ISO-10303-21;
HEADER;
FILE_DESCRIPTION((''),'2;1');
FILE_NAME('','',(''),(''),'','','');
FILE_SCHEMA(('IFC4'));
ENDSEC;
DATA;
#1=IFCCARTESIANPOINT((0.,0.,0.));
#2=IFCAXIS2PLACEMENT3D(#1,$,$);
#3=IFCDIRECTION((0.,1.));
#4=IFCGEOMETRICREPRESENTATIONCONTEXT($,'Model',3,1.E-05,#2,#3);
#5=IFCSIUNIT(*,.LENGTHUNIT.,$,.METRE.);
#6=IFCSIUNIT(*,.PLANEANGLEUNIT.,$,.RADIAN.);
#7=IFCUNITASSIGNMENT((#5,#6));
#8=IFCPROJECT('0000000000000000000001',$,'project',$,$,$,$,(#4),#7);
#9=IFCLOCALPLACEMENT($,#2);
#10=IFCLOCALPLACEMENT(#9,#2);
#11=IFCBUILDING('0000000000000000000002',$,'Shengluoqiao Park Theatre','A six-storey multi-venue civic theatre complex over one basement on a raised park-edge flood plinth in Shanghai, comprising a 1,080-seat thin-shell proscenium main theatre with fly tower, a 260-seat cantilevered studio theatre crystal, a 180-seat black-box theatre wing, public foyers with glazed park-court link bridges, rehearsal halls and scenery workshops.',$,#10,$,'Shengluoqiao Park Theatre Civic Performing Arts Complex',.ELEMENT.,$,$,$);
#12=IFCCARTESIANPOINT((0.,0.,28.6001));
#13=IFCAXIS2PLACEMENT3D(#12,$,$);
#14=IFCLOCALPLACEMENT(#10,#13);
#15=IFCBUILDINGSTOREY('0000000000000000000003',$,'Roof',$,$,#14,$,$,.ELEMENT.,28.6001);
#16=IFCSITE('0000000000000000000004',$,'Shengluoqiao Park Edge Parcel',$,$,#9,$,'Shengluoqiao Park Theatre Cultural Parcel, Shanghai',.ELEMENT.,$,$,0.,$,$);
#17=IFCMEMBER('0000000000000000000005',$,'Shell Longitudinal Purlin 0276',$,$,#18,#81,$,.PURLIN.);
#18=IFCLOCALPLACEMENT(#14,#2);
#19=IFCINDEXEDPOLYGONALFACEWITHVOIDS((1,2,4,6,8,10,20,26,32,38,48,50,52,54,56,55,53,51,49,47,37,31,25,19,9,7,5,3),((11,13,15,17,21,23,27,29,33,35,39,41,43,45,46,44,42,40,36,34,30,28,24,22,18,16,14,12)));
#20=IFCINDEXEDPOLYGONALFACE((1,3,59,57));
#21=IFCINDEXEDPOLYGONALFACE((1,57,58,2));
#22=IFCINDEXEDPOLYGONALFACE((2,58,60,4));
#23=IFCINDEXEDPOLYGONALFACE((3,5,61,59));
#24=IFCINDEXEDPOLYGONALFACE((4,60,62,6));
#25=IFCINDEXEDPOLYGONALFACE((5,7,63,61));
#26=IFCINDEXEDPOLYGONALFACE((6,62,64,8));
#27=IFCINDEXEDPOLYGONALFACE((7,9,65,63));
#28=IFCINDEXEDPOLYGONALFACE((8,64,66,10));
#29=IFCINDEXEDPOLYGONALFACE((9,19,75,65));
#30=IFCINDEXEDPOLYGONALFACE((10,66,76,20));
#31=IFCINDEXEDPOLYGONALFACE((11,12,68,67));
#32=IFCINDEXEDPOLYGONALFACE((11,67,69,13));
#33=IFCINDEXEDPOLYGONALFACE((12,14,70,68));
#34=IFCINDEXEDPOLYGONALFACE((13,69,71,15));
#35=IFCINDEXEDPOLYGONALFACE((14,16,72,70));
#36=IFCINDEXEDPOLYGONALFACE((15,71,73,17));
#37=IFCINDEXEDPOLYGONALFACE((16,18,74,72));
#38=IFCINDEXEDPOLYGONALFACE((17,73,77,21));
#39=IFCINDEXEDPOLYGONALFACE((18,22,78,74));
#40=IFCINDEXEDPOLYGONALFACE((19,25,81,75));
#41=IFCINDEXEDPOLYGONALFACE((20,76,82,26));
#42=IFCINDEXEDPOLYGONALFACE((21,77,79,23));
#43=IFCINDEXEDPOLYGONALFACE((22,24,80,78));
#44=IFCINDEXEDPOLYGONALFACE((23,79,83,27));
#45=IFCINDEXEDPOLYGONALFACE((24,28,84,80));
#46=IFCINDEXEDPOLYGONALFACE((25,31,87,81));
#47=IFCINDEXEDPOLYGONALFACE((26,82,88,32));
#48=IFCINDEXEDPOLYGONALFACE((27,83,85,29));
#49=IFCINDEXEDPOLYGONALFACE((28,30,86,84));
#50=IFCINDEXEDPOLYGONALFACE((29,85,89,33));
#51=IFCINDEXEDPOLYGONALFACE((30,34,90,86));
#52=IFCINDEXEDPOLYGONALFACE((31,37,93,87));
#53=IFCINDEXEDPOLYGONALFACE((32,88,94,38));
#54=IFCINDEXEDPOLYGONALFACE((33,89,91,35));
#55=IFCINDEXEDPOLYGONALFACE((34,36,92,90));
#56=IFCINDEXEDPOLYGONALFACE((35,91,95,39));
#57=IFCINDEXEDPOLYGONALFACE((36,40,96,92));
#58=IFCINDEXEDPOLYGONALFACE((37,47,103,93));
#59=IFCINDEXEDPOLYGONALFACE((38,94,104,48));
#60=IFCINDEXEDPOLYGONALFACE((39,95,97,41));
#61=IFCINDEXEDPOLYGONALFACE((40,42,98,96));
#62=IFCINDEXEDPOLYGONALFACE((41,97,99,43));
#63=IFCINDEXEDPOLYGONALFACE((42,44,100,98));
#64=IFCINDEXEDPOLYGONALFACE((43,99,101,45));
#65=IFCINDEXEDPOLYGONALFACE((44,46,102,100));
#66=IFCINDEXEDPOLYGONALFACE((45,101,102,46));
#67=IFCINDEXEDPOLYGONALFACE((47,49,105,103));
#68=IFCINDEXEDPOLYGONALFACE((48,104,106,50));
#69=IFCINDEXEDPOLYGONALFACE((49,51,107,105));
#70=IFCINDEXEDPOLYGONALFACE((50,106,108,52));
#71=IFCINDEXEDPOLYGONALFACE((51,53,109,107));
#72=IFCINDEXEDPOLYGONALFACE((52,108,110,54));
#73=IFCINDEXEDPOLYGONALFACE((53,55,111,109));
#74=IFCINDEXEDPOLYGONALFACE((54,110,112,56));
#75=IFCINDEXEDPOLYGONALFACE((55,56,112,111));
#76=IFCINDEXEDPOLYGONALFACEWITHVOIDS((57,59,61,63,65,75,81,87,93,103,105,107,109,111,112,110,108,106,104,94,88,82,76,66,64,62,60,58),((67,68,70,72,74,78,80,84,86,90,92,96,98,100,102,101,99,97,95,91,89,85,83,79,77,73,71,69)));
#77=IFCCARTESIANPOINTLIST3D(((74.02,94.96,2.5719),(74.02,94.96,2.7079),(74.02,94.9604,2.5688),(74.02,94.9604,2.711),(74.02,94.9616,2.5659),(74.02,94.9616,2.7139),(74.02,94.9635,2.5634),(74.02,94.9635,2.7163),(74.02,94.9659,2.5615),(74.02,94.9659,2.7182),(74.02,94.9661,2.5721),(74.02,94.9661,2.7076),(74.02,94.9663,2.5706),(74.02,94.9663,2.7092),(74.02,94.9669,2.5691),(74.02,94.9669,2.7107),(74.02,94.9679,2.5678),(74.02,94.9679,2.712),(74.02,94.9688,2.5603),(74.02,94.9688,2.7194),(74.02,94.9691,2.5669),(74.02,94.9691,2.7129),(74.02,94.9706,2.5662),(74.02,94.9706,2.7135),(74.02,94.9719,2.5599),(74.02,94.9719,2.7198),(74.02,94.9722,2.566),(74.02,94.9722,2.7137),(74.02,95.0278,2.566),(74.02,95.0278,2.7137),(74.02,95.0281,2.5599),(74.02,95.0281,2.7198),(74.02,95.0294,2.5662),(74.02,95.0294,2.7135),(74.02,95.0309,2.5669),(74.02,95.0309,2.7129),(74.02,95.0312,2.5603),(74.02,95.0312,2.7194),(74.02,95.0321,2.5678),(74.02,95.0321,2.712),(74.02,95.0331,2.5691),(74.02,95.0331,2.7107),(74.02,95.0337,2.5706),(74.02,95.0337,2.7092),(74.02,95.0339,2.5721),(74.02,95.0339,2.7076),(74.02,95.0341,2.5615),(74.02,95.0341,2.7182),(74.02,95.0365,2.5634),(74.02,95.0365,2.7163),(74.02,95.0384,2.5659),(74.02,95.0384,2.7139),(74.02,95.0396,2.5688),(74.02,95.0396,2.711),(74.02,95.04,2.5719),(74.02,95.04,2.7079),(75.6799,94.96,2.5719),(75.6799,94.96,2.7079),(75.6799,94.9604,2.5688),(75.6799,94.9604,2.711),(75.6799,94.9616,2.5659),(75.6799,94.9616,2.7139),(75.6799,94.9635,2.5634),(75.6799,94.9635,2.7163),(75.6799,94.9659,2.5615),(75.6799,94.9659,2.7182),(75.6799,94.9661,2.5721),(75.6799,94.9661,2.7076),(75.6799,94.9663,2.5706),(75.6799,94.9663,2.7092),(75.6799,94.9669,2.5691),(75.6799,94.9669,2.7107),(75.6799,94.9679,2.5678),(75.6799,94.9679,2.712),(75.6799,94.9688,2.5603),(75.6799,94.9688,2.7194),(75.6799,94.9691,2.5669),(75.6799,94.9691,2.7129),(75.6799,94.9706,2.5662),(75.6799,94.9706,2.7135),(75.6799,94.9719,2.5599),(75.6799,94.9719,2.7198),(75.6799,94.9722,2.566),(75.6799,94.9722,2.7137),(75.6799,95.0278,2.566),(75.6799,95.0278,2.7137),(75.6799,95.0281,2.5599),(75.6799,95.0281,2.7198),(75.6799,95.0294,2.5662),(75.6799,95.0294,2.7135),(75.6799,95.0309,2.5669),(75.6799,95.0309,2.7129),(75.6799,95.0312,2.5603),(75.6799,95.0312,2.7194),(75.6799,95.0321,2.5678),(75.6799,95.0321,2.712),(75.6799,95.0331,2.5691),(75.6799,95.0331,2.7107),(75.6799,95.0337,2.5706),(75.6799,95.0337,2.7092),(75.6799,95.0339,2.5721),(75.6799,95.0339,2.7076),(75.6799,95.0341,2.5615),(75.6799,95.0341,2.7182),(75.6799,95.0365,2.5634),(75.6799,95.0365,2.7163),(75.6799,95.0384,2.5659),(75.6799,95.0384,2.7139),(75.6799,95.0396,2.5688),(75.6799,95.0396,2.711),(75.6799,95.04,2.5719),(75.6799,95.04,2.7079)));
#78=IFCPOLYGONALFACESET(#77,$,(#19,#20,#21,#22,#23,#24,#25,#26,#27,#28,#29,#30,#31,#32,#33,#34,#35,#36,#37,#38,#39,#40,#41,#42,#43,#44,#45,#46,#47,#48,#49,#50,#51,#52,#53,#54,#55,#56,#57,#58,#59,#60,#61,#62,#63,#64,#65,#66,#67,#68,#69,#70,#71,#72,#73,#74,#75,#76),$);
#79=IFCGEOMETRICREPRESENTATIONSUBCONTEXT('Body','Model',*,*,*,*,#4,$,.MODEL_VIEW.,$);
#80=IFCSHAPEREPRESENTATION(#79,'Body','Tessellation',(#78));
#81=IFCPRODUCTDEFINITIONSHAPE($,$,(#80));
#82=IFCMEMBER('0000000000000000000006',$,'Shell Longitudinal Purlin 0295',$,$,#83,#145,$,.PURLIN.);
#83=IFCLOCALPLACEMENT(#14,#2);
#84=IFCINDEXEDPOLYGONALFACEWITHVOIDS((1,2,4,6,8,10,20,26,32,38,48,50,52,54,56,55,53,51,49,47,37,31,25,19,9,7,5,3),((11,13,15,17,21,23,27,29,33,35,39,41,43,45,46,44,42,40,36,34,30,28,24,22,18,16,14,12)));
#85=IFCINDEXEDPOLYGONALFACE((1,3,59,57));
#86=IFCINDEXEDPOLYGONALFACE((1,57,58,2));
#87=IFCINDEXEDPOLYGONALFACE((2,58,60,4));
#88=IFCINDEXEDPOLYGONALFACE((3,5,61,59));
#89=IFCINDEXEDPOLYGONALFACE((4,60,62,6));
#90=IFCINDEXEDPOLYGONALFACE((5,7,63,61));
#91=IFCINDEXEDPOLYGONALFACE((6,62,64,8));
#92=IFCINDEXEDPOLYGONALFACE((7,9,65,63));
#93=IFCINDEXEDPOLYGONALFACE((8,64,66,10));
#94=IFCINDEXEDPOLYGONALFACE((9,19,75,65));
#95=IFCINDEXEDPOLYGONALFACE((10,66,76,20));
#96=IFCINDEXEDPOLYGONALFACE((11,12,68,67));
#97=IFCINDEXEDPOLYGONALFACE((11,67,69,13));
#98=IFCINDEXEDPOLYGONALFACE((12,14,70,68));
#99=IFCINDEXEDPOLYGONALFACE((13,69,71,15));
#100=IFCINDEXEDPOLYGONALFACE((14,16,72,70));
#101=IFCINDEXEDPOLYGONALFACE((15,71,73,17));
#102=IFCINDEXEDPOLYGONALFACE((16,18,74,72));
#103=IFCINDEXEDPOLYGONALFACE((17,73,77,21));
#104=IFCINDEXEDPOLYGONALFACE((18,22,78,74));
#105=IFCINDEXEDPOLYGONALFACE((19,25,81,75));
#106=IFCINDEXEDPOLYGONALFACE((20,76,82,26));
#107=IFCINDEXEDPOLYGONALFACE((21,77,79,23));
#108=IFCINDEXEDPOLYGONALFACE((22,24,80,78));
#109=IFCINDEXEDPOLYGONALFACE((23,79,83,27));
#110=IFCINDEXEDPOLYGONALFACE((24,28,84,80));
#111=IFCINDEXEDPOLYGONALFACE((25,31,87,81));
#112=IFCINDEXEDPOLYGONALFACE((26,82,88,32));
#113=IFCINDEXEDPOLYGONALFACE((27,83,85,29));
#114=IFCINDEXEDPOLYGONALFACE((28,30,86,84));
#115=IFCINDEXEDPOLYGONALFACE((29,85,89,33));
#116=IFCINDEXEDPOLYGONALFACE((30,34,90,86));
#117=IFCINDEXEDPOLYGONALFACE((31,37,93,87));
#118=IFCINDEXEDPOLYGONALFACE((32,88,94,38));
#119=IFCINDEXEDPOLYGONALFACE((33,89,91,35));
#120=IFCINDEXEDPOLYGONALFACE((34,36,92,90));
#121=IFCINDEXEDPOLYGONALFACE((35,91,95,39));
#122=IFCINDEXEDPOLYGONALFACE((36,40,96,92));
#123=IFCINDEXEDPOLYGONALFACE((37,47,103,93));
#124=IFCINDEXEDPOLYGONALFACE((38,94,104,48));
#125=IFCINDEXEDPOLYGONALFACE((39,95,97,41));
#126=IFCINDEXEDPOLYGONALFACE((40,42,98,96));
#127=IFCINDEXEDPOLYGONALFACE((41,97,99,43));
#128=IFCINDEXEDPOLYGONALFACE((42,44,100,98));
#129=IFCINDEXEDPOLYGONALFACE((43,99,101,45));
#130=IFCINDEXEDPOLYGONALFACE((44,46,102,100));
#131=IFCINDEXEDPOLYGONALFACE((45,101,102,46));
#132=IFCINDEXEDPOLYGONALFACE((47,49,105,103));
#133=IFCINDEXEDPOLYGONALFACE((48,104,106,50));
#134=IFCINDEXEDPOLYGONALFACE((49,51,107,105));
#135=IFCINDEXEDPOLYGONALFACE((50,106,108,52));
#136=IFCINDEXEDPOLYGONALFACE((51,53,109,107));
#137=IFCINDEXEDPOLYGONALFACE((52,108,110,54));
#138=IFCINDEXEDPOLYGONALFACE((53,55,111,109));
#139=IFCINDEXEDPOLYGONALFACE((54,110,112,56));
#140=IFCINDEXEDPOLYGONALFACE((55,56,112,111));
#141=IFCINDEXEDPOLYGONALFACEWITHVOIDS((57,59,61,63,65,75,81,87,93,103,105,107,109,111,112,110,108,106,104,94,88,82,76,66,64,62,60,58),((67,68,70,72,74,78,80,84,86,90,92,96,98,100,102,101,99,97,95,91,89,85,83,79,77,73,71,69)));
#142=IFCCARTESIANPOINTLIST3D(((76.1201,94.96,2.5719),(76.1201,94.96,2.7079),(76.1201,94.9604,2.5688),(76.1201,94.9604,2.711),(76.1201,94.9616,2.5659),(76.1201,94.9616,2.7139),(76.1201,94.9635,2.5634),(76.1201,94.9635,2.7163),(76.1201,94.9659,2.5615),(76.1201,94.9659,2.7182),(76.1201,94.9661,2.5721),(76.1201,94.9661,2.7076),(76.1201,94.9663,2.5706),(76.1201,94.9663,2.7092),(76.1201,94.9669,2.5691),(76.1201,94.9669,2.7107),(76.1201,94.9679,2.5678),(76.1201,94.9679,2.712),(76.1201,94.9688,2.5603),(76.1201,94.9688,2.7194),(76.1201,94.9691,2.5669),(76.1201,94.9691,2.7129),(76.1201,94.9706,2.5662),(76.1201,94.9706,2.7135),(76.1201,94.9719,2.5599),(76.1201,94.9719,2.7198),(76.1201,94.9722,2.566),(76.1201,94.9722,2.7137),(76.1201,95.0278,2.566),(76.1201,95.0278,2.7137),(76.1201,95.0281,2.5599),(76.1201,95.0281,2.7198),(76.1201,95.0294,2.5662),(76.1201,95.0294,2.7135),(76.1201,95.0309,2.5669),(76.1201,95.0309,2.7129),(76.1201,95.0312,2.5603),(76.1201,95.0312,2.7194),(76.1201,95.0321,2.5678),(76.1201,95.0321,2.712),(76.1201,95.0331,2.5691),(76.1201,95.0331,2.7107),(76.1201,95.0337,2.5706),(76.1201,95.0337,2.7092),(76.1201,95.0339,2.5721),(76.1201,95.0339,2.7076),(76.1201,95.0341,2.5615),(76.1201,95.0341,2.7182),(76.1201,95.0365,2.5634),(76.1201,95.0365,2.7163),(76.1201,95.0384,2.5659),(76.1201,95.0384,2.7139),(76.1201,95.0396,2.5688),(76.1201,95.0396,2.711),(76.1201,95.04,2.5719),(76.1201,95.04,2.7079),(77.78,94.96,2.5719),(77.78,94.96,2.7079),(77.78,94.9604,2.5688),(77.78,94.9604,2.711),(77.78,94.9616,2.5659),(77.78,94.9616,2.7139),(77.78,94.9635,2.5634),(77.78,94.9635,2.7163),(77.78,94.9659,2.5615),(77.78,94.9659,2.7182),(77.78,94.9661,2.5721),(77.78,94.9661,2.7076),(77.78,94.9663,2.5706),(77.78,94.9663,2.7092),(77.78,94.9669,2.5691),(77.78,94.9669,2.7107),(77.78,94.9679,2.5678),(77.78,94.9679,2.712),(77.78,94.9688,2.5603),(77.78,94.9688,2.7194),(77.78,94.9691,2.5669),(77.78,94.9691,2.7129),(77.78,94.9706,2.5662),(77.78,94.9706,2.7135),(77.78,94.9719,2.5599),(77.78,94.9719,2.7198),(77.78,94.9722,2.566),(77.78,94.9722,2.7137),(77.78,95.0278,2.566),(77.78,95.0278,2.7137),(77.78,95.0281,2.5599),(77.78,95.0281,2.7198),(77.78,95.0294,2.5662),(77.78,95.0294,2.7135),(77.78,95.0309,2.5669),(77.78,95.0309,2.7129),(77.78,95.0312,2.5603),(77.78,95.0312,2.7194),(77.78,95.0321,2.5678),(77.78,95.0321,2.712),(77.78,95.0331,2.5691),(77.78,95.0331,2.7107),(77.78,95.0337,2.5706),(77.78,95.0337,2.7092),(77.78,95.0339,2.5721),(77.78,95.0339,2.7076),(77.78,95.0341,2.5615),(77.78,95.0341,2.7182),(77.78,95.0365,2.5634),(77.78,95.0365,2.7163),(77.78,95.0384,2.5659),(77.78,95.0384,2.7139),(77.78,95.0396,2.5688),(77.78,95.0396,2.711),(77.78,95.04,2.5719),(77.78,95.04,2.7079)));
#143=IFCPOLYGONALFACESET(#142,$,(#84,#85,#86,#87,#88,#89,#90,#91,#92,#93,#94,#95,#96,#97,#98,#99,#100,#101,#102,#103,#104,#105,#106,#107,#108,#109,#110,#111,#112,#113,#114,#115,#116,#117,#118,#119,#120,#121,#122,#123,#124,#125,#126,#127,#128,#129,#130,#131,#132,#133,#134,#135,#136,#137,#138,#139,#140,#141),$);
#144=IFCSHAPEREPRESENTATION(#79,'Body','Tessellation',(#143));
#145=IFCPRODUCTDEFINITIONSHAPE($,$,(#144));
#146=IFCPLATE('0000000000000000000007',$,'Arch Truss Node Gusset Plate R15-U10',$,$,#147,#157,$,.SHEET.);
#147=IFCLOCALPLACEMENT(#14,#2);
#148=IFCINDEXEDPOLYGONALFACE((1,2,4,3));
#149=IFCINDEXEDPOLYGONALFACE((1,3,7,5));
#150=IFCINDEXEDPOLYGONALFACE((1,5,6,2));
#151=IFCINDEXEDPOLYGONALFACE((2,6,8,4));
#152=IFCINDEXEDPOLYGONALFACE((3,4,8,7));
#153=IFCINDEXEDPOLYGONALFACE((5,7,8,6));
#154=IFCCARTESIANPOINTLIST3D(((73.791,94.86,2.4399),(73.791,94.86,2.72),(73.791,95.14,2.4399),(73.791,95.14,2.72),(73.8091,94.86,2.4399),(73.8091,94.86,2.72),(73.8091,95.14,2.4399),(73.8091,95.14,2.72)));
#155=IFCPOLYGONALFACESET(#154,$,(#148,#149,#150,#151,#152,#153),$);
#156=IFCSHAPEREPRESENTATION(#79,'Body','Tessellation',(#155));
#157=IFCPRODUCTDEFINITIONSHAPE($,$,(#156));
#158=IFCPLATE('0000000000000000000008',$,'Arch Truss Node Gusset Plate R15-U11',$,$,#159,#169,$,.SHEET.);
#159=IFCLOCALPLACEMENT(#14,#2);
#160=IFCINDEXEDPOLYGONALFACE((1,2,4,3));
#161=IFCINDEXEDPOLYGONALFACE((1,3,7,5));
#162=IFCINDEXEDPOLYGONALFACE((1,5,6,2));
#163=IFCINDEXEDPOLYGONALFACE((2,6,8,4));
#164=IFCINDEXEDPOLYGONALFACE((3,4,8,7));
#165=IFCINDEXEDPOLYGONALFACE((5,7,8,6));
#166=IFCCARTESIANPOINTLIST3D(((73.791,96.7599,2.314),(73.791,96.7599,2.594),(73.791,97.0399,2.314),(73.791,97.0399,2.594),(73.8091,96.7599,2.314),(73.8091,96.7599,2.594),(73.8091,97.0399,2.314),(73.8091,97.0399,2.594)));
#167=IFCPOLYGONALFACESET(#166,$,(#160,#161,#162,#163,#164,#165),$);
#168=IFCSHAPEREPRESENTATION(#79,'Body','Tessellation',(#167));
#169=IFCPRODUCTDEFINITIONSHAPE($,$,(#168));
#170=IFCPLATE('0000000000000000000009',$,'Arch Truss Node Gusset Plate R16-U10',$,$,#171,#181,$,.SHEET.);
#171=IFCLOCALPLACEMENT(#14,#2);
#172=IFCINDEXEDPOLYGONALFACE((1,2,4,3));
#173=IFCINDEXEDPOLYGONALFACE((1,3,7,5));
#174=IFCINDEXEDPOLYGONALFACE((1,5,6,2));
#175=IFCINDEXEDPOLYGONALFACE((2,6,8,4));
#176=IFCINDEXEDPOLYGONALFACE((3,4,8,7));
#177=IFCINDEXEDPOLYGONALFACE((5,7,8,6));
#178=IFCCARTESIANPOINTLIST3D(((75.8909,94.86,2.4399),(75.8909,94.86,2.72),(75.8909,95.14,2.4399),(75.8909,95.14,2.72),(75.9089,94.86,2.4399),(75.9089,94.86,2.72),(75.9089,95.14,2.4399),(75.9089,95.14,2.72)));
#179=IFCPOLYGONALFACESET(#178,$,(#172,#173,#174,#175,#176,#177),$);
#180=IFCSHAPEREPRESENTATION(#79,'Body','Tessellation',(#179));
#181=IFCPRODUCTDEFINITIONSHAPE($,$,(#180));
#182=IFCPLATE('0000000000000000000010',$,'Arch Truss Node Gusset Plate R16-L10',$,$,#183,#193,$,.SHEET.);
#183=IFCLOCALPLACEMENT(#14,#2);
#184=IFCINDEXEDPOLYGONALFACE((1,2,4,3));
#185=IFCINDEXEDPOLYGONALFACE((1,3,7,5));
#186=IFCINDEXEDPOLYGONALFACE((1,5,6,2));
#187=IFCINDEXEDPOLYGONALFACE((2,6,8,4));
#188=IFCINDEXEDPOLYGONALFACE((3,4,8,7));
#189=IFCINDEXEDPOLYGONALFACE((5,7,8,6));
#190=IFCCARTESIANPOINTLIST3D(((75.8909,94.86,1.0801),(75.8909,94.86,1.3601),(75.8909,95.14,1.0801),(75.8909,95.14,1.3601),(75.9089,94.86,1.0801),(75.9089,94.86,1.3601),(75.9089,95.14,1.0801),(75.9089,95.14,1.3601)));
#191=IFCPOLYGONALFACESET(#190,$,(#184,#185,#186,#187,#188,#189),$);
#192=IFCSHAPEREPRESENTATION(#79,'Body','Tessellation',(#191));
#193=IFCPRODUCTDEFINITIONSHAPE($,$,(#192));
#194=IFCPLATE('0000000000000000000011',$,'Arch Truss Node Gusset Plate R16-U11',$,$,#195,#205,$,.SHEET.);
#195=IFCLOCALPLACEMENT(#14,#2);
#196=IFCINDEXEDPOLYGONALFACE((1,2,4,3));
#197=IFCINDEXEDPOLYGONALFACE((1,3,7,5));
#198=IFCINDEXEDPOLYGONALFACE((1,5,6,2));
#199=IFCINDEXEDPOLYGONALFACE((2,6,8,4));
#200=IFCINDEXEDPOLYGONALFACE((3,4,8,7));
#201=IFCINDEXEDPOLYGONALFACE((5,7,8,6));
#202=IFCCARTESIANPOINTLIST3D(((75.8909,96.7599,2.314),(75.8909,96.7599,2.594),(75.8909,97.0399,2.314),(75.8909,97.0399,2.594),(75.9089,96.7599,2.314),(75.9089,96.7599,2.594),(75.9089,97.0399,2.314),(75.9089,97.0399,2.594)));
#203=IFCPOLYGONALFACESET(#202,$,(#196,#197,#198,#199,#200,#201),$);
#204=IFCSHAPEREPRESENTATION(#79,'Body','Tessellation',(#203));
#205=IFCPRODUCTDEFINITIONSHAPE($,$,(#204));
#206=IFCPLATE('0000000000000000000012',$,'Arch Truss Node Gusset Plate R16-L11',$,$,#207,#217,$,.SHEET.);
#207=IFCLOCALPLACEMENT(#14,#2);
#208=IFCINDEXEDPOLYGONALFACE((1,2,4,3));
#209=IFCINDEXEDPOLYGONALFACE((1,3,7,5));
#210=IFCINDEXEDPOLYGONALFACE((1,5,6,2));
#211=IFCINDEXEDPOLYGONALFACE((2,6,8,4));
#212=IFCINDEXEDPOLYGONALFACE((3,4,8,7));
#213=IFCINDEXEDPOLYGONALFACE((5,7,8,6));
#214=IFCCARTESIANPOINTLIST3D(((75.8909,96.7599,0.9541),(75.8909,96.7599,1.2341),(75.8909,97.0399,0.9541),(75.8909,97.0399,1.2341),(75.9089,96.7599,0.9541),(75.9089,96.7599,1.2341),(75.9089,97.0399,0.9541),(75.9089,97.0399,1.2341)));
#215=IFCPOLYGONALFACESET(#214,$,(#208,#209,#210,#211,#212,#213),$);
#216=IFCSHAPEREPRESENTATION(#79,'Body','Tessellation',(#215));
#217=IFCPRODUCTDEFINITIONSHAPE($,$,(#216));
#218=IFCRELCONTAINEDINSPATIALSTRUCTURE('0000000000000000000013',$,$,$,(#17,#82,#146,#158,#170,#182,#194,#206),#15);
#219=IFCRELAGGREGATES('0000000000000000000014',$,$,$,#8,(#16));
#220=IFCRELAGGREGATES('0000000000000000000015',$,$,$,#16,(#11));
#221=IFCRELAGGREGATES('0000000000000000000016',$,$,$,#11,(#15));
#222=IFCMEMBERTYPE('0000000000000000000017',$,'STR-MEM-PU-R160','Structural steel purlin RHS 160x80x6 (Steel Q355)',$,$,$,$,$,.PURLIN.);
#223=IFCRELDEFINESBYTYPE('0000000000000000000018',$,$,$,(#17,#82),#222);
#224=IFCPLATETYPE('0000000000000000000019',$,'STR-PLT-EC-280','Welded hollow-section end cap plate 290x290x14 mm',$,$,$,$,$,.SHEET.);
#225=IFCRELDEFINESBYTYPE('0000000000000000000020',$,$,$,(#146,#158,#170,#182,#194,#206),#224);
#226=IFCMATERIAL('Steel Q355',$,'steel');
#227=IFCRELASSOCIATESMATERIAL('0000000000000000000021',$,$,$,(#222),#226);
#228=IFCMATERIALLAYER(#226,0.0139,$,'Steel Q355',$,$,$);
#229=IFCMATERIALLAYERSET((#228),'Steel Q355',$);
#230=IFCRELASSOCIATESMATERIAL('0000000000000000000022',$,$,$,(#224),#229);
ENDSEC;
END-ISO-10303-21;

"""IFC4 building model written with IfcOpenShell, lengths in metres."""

from ifc_helpers import new_model, si_unit, direction, frame, origin, origin_2d, place, context, subcontext, project, spatial, rectangle, hollow_rectangle, extrude, material, layer, layer_set, material_profile, profile_set, type_object, element, save


model = new_model("IFC4")

# Units and contexts
model_context = context("Model", 3, precision=1e-05, world=origin(), true_north=direction((0.0, 1.0)))
body_context = subcontext(model_context, "Body", "Model", "MODEL_VIEW")
ifc_project = project(units=[si_unit("LENGTHUNIT", "METRE"), si_unit("PLANEANGLEUNIT", "RADIAN")], contexts=[model_context])

# Site, building, storey
site_placement = place(None, origin())
site = spatial("IfcSite", under=ifc_project, at=site_placement, Name="Shengluoqiao Park Edge Parcel", LongName="Shengluoqiao Park Theatre Cultural Parcel, Shanghai", CompositionType="ELEMENT", RefElevation=0.0)
building_placement = place(site_placement, origin())
building = spatial("IfcBuilding", under=site, at=building_placement, Name="Shengluoqiao Park Theatre", Description="A six-storey multi-venue civic theatre complex over one basement on a raised park-edge flood plinth in Shanghai, comprising a 1,080-seat thin-shell proscenium main theatre with fly tower, a 260-seat cantilevered studio theatre crystal, a 180-seat black-box theatre wing, public foyers with glazed park-court link bridges, rehearsal halls and scenery workshops.", LongName="Shengluoqiao Park Theatre Civic Performing Arts Complex", CompositionType="ELEMENT")
storey_placement = place(building_placement, frame((0.0, 0.0, 28.6001)))
storey = spatial("IfcBuildingStorey", under=building, at=storey_placement, Name="Roof", CompositionType="ELEMENT", Elevation=28.6001)

# Shared definitions
ifc_material_1 = material(Name="Steel Q355", Category="steel")

# Members
ifc_material_profile_1 = material_profile(ifc_material_1, hollow_rectangle(XDim=0.0801, YDim=0.1599, WallThickness=0.0061, InnerFilletRadius=0.0061, OuterFilletRadius=0.012, at=origin_2d()), Name="RHS 160x80x6")
ifc_profile_set_1 = profile_set([ifc_material_profile_1], Name="Steel Q355")
member_type_1 = type_object("IfcMemberType", Name="STR-MEM-PU-R160", Description="Structural steel purlin RHS 160x80x6 (Steel Q355)", PredefinedType="PURLIN", material=ifc_profile_set_1)
for number, where, z_axis, x_axis, name in (
    (1, (74.02, 95.0, 2.6399), (1.0, 0.0, 0.0), (0.0, 1.0, 0.0), "Shell Longitudinal Purlin 0276"),
    (2, (76.1201, 95.0, 2.6399), (1.0, 0.0, 0.0), (0.0, 1.0, 0.0), "Shell Longitudinal Purlin 0295"),
):
    element("IfcMember", number, at=place(storey_placement, frame(where, z_axis=z_axis, x_axis=x_axis)), inside=storey, type_object=member_type_1, Name=name, PredefinedType="PURLIN", context=body_context, shape_type="SweptSolid", body=[
        extrude(hollow_rectangle(XDim=0.0801, YDim=0.1599, WallThickness=0.0061, InnerFilletRadius=0.0061, OuterFilletRadius=0.012, at=origin_2d()), origin(), (0.0, 0.0, 1.0), 1.6599),
    ])

# Plates
ifc_layer_1 = layer(ifc_material_1, 0.0139, Name="Steel Q355")
ifc_layer_set_1 = layer_set([ifc_layer_1], Name="Steel Q355")
plate_type_1 = type_object("IfcPlateType", Name="STR-PLT-EC-280", Description="Welded hollow-section end cap plate 290x290x14 mm", PredefinedType="SHEET", material=ifc_layer_set_1)
for number, where, z_axis, x_axis, name in (
    (3, (73.8, 95.0, 2.4399), (0.0, 0.0, 1.0), (1.0, 0.0, 0.0), "Arch Truss Node Gusset Plate R15-U10"),
    (4, (73.8, 96.8999, 2.314), (0.0, 0.0, 1.0), (1.0, 0.0, 0.0), "Arch Truss Node Gusset Plate R15-U11"),
    (5, (75.8999, 95.0, 2.4399), (0.0, 0.0, 1.0), (1.0, 0.0, 0.0), "Arch Truss Node Gusset Plate R16-U10"),
    (6, (75.8999, 95.0, 1.0801), (0.0, 0.0, 1.0), (1.0, 0.0, 0.0), "Arch Truss Node Gusset Plate R16-L10"),
    (7, (75.8999, 96.8999, 2.314), (0.0, 0.0, 1.0), (1.0, 0.0, 0.0), "Arch Truss Node Gusset Plate R16-U11"),
    (8, (75.8999, 96.8999, 0.9541), (0.0, 0.0, 1.0), (1.0, 0.0, 0.0), "Arch Truss Node Gusset Plate R16-L11"),
):
    element("IfcPlate", number, at=place(storey_placement, frame(where, z_axis=z_axis, x_axis=x_axis)), inside=storey, type_object=plate_type_1, Name=name, PredefinedType="SHEET", context=body_context, shape_type="SweptSolid", body=[
        extrude(rectangle(XDim=0.0181, YDim=0.28, at=origin_2d()), origin(), (0.0, 0.0, 1.0), 0.28),
    ])

save(model, "model.ifc")
